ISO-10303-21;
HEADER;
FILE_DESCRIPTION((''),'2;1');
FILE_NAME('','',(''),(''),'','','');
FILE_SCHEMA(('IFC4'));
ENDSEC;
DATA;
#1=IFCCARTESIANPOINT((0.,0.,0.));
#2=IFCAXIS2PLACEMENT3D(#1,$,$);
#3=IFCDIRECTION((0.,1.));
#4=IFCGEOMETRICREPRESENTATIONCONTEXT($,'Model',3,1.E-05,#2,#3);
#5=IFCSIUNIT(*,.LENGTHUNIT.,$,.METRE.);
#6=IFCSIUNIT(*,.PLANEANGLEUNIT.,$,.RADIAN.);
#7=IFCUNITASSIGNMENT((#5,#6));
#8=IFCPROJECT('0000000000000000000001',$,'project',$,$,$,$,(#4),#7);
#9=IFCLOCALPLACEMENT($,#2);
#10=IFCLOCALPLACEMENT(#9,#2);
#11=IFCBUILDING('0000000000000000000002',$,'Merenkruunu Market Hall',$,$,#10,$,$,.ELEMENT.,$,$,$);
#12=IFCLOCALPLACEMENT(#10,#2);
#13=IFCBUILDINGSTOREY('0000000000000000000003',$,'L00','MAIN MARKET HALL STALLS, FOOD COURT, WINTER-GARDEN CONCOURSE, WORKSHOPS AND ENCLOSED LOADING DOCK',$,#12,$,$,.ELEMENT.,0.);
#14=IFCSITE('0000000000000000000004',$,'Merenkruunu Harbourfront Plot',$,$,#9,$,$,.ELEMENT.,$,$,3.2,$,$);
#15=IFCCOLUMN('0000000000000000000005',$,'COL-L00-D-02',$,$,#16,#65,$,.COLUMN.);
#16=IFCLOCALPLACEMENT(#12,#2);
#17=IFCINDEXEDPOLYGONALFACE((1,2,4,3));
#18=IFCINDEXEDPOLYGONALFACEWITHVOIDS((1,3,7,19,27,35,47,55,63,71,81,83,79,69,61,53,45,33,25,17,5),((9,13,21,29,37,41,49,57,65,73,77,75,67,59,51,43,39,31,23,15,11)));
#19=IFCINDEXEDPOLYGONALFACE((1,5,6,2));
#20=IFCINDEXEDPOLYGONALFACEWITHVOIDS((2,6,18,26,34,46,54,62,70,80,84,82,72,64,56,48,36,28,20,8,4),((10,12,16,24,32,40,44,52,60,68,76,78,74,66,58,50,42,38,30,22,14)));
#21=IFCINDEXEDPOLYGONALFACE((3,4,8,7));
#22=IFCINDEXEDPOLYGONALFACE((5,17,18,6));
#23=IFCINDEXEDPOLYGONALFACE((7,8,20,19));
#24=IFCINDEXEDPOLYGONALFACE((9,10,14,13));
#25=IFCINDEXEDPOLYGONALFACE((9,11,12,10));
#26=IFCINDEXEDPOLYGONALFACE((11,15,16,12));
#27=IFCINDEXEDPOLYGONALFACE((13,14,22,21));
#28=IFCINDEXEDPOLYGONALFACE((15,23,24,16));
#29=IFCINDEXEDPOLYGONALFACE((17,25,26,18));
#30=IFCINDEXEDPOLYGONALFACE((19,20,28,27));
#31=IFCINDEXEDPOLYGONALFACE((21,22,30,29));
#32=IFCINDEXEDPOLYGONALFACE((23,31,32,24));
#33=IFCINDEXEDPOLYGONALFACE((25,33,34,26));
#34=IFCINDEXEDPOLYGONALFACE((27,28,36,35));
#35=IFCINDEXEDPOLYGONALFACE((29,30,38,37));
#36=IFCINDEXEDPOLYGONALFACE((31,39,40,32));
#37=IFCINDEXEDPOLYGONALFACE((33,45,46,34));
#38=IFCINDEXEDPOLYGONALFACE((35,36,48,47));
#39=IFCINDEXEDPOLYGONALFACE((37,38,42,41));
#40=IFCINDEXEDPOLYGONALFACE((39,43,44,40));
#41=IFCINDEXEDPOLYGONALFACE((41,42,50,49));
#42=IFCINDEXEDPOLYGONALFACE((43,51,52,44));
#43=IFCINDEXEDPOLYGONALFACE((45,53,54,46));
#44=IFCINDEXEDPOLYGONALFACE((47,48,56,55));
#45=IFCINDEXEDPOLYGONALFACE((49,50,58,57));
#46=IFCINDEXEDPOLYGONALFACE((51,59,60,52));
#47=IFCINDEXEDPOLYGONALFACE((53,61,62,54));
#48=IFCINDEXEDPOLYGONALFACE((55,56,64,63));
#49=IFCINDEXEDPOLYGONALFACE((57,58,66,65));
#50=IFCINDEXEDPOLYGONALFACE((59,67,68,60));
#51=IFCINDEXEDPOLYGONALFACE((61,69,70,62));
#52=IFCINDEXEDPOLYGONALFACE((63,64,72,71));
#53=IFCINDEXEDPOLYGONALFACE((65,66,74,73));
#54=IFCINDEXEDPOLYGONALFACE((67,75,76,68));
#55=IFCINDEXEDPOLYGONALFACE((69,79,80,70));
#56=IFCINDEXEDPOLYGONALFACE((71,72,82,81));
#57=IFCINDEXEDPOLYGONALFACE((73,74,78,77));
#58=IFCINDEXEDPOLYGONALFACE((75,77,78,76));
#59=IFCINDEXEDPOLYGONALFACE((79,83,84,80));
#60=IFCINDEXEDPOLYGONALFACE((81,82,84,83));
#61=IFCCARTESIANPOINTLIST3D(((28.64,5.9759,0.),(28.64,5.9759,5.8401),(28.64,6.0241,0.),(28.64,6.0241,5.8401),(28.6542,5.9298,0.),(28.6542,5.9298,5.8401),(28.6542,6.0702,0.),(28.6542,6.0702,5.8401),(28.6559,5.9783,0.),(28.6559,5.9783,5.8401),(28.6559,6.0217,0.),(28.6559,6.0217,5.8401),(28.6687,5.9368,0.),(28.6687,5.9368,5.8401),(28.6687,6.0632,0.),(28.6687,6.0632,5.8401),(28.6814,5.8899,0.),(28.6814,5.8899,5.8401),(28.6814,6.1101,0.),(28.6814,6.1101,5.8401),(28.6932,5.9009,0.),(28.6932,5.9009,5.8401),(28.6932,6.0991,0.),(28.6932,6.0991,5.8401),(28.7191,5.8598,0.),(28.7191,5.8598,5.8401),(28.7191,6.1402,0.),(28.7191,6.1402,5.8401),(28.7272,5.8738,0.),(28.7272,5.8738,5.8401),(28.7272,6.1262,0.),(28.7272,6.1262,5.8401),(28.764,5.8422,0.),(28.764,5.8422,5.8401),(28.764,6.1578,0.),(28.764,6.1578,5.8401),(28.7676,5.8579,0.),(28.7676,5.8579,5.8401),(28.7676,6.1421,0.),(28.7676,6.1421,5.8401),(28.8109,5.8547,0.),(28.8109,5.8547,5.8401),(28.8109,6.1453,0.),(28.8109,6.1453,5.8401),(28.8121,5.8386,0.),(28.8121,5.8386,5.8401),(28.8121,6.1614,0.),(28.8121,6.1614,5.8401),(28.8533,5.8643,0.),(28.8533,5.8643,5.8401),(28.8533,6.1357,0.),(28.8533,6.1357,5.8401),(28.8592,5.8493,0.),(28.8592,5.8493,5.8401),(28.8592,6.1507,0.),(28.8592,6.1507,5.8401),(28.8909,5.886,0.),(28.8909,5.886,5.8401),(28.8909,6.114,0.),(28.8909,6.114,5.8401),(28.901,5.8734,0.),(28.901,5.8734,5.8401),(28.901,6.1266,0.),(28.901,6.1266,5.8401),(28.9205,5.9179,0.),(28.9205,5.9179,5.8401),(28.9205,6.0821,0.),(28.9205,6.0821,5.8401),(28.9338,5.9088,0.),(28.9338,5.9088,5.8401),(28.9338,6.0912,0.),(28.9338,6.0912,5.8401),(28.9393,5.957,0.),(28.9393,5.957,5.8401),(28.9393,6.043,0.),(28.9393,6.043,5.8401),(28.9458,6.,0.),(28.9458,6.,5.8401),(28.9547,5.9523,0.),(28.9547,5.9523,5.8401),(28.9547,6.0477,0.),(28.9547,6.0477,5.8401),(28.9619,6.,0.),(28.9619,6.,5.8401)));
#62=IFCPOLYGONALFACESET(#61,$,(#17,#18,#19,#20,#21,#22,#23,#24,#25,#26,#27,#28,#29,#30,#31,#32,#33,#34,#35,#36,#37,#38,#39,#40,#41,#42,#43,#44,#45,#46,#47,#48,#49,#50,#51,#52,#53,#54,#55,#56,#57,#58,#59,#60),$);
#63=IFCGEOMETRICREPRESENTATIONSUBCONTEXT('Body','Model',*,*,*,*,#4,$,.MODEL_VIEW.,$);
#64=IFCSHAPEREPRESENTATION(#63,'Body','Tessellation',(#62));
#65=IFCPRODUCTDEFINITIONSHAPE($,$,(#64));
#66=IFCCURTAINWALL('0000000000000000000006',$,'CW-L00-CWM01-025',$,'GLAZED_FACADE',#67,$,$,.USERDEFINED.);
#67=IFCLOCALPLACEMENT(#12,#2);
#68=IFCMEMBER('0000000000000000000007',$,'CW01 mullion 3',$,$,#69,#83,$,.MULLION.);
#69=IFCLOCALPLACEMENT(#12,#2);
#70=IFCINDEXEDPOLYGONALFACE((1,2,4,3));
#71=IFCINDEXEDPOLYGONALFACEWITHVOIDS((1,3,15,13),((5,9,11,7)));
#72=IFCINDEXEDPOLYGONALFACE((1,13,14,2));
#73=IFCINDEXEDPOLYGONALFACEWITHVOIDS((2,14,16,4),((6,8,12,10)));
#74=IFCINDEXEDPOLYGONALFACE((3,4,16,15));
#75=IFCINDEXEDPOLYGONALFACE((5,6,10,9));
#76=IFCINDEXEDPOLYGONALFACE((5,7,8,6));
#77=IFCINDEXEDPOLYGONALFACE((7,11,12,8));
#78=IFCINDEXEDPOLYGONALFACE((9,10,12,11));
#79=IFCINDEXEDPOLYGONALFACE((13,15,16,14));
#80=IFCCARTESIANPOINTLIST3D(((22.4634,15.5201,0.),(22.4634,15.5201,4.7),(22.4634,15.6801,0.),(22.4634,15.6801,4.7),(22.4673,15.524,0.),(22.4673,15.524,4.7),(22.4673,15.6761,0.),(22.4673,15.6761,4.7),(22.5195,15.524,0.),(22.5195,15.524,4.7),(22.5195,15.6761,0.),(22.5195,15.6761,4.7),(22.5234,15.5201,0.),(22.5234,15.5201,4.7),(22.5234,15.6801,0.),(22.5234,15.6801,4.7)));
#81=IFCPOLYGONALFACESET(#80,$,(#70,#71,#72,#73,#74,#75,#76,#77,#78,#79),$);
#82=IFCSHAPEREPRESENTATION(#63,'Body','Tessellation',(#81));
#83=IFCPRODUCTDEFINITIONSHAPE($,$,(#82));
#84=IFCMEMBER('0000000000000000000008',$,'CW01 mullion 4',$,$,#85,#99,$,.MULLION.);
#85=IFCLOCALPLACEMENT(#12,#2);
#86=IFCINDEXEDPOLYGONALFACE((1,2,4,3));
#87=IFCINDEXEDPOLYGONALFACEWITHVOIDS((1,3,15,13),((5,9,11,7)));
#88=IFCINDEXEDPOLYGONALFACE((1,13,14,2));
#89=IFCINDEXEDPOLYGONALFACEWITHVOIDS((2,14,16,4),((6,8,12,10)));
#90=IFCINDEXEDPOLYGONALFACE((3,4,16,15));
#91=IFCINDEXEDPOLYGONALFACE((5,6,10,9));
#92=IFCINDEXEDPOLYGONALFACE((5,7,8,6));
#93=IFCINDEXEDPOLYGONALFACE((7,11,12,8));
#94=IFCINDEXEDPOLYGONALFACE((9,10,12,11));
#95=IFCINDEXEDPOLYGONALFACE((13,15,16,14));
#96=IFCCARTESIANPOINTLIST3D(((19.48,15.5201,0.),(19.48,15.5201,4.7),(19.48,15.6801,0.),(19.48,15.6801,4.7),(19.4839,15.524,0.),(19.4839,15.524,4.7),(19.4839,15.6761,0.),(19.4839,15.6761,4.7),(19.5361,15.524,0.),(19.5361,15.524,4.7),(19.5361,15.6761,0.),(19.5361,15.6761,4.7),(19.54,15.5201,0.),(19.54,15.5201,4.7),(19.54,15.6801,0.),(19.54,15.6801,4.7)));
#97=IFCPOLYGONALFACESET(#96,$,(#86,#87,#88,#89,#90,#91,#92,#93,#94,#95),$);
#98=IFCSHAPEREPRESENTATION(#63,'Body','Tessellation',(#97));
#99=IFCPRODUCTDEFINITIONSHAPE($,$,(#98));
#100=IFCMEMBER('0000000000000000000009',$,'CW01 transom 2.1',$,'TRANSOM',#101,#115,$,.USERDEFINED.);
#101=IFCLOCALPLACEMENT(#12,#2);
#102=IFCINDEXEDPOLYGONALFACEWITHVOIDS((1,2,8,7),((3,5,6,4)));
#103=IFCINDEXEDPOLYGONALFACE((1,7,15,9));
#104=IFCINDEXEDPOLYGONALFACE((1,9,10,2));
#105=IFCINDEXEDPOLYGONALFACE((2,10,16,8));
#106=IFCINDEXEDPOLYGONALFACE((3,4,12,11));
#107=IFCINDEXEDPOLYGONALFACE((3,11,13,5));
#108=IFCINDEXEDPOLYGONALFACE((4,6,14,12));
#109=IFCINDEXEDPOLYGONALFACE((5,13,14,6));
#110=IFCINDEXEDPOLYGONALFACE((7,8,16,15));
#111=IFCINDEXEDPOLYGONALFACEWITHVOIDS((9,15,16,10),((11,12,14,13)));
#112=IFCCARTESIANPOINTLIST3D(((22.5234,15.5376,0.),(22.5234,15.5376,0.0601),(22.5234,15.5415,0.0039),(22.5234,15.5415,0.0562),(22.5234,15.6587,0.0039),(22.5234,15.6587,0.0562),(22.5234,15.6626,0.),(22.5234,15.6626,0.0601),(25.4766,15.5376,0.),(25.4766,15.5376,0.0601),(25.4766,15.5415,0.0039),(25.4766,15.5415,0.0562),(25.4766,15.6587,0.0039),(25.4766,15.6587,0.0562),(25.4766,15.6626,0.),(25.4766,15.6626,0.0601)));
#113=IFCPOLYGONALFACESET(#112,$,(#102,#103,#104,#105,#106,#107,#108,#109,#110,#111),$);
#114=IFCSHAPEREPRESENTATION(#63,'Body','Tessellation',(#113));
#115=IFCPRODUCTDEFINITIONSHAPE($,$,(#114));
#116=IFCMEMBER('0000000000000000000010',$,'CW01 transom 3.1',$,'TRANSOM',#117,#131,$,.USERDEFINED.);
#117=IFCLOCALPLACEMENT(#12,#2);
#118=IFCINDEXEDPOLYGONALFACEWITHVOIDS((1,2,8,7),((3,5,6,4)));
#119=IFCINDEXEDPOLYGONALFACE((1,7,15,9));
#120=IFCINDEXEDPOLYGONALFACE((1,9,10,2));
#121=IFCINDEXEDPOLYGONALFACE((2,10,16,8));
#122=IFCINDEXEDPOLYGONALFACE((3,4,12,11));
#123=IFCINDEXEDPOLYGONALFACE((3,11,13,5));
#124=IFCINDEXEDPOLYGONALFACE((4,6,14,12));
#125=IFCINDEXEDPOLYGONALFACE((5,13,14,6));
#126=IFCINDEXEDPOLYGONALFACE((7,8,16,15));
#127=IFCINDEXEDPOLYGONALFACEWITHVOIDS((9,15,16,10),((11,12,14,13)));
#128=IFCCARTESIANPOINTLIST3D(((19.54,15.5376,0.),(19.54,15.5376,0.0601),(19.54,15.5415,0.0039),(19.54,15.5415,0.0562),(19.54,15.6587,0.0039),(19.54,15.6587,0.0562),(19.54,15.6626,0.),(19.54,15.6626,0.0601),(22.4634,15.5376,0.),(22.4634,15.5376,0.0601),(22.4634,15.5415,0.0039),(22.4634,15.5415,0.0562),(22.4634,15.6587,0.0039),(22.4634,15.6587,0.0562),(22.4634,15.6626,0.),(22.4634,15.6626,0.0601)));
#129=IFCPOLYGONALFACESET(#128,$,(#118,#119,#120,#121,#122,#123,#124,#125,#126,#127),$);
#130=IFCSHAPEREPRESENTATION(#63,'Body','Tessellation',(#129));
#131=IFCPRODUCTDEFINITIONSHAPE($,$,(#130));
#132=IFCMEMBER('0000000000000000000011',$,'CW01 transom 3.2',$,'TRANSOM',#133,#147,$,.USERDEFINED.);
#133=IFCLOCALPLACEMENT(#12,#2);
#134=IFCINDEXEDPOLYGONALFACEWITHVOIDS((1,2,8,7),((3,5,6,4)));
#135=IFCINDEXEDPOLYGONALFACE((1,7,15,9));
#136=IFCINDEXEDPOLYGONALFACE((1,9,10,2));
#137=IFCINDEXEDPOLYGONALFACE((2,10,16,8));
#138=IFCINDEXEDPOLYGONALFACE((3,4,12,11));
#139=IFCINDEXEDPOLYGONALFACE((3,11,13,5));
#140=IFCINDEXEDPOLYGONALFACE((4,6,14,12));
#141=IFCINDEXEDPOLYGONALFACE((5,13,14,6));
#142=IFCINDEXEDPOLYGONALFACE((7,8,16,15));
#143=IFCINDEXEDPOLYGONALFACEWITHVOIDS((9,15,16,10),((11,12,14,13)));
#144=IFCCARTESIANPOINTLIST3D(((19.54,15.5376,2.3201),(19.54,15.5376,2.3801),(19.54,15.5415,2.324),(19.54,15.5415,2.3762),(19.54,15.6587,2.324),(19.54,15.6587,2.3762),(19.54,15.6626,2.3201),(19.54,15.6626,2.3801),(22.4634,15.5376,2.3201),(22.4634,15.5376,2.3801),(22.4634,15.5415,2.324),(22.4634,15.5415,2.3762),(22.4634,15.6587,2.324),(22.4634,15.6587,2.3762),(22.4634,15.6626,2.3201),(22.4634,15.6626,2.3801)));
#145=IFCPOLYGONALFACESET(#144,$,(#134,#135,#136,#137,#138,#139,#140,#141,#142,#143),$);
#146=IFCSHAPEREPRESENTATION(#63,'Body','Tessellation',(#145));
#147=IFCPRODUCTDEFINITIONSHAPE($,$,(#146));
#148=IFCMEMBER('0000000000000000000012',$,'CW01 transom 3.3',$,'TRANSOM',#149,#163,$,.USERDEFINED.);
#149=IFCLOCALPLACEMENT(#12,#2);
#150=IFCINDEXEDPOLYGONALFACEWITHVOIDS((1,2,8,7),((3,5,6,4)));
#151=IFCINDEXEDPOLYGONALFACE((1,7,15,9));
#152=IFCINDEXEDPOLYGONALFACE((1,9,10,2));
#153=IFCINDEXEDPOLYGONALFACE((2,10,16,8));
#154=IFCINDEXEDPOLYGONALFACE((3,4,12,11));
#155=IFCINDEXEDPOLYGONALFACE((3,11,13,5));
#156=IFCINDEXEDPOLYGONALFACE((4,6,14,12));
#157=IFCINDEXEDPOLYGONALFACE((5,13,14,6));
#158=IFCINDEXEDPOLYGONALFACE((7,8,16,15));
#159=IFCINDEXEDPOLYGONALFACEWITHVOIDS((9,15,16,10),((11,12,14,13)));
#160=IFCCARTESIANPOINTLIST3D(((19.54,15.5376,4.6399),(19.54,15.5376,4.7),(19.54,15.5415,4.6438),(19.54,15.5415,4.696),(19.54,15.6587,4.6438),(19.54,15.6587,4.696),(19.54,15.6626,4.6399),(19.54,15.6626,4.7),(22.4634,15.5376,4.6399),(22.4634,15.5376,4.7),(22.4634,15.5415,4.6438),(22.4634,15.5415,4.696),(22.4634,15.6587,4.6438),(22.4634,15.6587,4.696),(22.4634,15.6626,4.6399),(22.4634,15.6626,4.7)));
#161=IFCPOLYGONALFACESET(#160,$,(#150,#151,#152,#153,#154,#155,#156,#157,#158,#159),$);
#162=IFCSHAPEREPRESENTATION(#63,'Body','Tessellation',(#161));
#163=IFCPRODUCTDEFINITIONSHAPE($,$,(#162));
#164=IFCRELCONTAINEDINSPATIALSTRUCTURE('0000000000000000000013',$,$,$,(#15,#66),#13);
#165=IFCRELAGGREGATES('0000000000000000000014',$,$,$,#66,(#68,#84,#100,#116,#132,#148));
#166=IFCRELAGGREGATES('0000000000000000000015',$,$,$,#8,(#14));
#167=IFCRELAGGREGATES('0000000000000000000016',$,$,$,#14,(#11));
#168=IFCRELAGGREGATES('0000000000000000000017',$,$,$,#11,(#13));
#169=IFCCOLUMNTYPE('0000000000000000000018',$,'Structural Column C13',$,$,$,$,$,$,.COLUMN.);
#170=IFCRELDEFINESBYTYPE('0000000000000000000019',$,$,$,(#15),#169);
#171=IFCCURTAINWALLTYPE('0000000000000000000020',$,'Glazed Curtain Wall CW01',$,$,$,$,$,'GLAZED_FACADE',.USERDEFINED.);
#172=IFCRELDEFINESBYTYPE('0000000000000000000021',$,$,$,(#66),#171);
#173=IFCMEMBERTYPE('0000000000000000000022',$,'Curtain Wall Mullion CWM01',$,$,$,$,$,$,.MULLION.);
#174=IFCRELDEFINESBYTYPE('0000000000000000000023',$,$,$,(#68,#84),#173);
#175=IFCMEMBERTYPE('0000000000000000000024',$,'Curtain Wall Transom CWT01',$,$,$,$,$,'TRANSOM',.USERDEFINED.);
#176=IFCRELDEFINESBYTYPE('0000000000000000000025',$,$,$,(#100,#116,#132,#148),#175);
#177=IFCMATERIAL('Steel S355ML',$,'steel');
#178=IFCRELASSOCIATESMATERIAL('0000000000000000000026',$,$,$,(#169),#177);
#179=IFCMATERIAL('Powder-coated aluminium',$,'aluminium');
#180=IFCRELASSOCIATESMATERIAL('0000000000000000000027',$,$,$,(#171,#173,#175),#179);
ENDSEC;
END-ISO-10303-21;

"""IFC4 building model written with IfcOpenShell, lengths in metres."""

from ifc_helpers import new_model, si_unit, direction, frame, origin, origin_2d, place, context, subcontext, project, spatial, hollow_rectangle, hollow_circle, extrude, material, material_profile, profile_set, type_object, element, aggregate, save


model = new_model("IFC4")

# Units and contexts
model_context = context("Model", 3, precision=1e-05, world=origin(), true_north=direction((0.0, 1.0)))
body_context = subcontext(model_context, "Body", "Model", "MODEL_VIEW")
ifc_project = project(units=[si_unit("LENGTHUNIT", "METRE"), si_unit("PLANEANGLEUNIT", "RADIAN")], contexts=[model_context])

# Site, building, storey
site_placement = place(None, origin())
site = spatial("IfcSite", under=ifc_project, at=site_placement, Name="Merenkruunu Harbourfront Plot", CompositionType="ELEMENT", RefElevation=3.2)
building_placement = place(site_placement, origin())
building = spatial("IfcBuilding", under=site, at=building_placement, Name="Merenkruunu Market Hall", CompositionType="ELEMENT")
storey_placement = place(building_placement, origin())
storey = spatial("IfcBuildingStorey", under=building, at=storey_placement, Name="L00", Description="MAIN MARKET HALL STALLS, FOOD COURT, WINTER-GARDEN CONCOURSE, WORKSHOPS AND ENCLOSED LOADING DOCK", CompositionType="ELEMENT", Elevation=0.0)

# Column
ifc_material_1 = material(Name="Steel S355ML", Category="steel")
ifc_material_profile_1 = material_profile(ifc_material_1, hollow_circle(Radius=0.1619, WallThickness=0.0161, at=origin_2d()), Name="CHS 323.9x16")
ifc_profile_set_1 = profile_set([ifc_material_profile_1], Name="Steel S355ML")
column_type = type_object("IfcColumnType", Name="Structural Column C13", PredefinedType="COLUMN", material=ifc_profile_set_1)
column_placement = place(storey_placement, frame((28.8, 6.0, 0.0), z_axis=(0.0, 0.0, 1.0), x_axis=(1.0, 0.0, 0.0)))
element("IfcColumn", 1, at=column_placement, inside=storey, type_object=column_type, Name="COL-L00-D-02", PredefinedType="COLUMN", context=body_context, shape_type="SweptSolid", body=[
    extrude(hollow_circle(Radius=0.1619, WallThickness=0.0161, at=origin_2d()), origin(), (0.0, 0.0, 1.0), 5.8401),
])

# Curtain wall, members
ifc_material_2 = material(Name="Powder-coated aluminium", Category="aluminium")
curtain_wall_type = type_object("IfcCurtainWallType", Name="Glazed Curtain Wall CW01", ElementType="GLAZED_FACADE", PredefinedType="USERDEFINED", material=ifc_material_2)
curtain_wall_placement = place(storey_placement, origin())
curtain_wall = element("IfcCurtainWall", 2, at=curtain_wall_placement, inside=storey, type_object=curtain_wall_type, Name="CW-L00-CWM01-025", ObjectType="GLAZED_FACADE", PredefinedType="USERDEFINED")
ifc_material_profile_2 = material_profile(ifc_material_2, hollow_rectangle(XDim=0.0601, YDim=0.1599, WallThickness=0.0039, at=origin_2d()), Name="ALU 60x160x4")
ifc_profile_set_2 = profile_set([ifc_material_profile_2], Name="Powder-coated aluminium")
member_type_1 = type_object("IfcMemberType", Name="Curtain Wall Mullion CWM01", PredefinedType="MULLION", material=ifc_profile_set_2)
member_1_placement = place(storey_placement, frame((22.4934, 15.6001, 0.0), z_axis=(0.0, 0.0, 1.0), x_axis=(-1.0, 0.0, 0.0)))
member_1 = element("IfcMember", 3, at=member_1_placement, type_object=member_type_1, Name="CW01 mullion 3", PredefinedType="MULLION", context=body_context, shape_type="SweptSolid", body=[
    extrude(hollow_rectangle(XDim=0.0601, YDim=0.1599, WallThickness=0.0039, at=origin_2d()), origin(), (0.0, 0.0, 1.0), 4.7),
])
member_2_placement = place(storey_placement, frame((19.51, 15.6001, 0.0), z_axis=(0.0, 0.0, 1.0), x_axis=(-1.0, 0.0, 0.0)))
member_2 = element("IfcMember", 4, at=member_2_placement, type_object=member_type_1, Name="CW01 mullion 4", PredefinedType="MULLION", context=body_context, shape_type="SweptSolid", body=[
    extrude(hollow_rectangle(XDim=0.0601, YDim=0.1599, WallThickness=0.0039, at=origin_2d()), origin(), (0.0, 0.0, 1.0), 4.7),
])
ifc_material_profile_3 = material_profile(ifc_material_2, hollow_rectangle(XDim=0.0601, YDim=0.125, WallThickness=0.0039, at=origin_2d()), Name="ALU 60x125x4")
ifc_profile_set_3 = profile_set([ifc_material_profile_3], Name="Powder-coated aluminium")
member_type_2 = type_object("IfcMemberType", Name="Curtain Wall Transom CWT01", ElementType="TRANSOM", PredefinedType="USERDEFINED", material=ifc_profile_set_3)
member_3_placement = place(storey_placement, frame((25.4766, 15.6001, 0.03), z_axis=(-1.0, 0.0, 0.0), x_axis=(0.0, 0.0, 1.0)))
member_3 = element("IfcMember", 5, at=member_3_placement, type_object=member_type_2, Name="CW01 transom 2.1", ObjectType="TRANSOM", PredefinedType="USERDEFINED", context=body_context, shape_type="SweptSolid", body=[
    extrude(hollow_rectangle(XDim=0.0601, YDim=0.125, WallThickness=0.0039, at=origin_2d()), origin(), (0.0, 0.0, 1.0), 2.9531),
])
member_4_placement = place(storey_placement, frame((22.4634, 15.6001, 0.03), z_axis=(-1.0, 0.0, 0.0), x_axis=(0.0, 0.0, 1.0)))
member_4 = element("IfcMember", 6, at=member_4_placement, type_object=member_type_2, Name="CW01 transom 3.1", ObjectType="TRANSOM", PredefinedType="USERDEFINED", context=body_context, shape_type="SweptSolid", body=[
    extrude(hollow_rectangle(XDim=0.0601, YDim=0.125, WallThickness=0.0039, at=origin_2d()), origin(), (0.0, 0.0, 1.0), 2.9233),
])
member_5_placement = place(storey_placement, frame((22.4634, 15.6001, 2.3501), z_axis=(-1.0, 0.0, 0.0), x_axis=(0.0, 0.0, 1.0)))
member_5 = element("IfcMember", 7, at=member_5_placement, type_object=member_type_2, Name="CW01 transom 3.2", ObjectType="TRANSOM", PredefinedType="USERDEFINED", context=body_context, shape_type="SweptSolid", body=[
    extrude(hollow_rectangle(XDim=0.0601, YDim=0.125, WallThickness=0.0039, at=origin_2d()), origin(), (0.0, 0.0, 1.0), 2.9233),
])
member_6_placement = place(storey_placement, frame((22.4634, 15.6001, 4.6699), z_axis=(-1.0, 0.0, 0.0), x_axis=(0.0, 0.0, 1.0)))
member_6 = element("IfcMember", 8, at=member_6_placement, type_object=member_type_2, Name="CW01 transom 3.3", ObjectType="TRANSOM", PredefinedType="USERDEFINED", context=body_context, shape_type="SweptSolid", body=[
    extrude(hollow_rectangle(XDim=0.0601, YDim=0.125, WallThickness=0.0039, at=origin_2d()), origin(), (0.0, 0.0, 1.0), 2.9233),
])

aggregate(curtain_wall, [member_1, member_2, member_3, member_4, member_5, member_6])

save(model, "model.ifc")
